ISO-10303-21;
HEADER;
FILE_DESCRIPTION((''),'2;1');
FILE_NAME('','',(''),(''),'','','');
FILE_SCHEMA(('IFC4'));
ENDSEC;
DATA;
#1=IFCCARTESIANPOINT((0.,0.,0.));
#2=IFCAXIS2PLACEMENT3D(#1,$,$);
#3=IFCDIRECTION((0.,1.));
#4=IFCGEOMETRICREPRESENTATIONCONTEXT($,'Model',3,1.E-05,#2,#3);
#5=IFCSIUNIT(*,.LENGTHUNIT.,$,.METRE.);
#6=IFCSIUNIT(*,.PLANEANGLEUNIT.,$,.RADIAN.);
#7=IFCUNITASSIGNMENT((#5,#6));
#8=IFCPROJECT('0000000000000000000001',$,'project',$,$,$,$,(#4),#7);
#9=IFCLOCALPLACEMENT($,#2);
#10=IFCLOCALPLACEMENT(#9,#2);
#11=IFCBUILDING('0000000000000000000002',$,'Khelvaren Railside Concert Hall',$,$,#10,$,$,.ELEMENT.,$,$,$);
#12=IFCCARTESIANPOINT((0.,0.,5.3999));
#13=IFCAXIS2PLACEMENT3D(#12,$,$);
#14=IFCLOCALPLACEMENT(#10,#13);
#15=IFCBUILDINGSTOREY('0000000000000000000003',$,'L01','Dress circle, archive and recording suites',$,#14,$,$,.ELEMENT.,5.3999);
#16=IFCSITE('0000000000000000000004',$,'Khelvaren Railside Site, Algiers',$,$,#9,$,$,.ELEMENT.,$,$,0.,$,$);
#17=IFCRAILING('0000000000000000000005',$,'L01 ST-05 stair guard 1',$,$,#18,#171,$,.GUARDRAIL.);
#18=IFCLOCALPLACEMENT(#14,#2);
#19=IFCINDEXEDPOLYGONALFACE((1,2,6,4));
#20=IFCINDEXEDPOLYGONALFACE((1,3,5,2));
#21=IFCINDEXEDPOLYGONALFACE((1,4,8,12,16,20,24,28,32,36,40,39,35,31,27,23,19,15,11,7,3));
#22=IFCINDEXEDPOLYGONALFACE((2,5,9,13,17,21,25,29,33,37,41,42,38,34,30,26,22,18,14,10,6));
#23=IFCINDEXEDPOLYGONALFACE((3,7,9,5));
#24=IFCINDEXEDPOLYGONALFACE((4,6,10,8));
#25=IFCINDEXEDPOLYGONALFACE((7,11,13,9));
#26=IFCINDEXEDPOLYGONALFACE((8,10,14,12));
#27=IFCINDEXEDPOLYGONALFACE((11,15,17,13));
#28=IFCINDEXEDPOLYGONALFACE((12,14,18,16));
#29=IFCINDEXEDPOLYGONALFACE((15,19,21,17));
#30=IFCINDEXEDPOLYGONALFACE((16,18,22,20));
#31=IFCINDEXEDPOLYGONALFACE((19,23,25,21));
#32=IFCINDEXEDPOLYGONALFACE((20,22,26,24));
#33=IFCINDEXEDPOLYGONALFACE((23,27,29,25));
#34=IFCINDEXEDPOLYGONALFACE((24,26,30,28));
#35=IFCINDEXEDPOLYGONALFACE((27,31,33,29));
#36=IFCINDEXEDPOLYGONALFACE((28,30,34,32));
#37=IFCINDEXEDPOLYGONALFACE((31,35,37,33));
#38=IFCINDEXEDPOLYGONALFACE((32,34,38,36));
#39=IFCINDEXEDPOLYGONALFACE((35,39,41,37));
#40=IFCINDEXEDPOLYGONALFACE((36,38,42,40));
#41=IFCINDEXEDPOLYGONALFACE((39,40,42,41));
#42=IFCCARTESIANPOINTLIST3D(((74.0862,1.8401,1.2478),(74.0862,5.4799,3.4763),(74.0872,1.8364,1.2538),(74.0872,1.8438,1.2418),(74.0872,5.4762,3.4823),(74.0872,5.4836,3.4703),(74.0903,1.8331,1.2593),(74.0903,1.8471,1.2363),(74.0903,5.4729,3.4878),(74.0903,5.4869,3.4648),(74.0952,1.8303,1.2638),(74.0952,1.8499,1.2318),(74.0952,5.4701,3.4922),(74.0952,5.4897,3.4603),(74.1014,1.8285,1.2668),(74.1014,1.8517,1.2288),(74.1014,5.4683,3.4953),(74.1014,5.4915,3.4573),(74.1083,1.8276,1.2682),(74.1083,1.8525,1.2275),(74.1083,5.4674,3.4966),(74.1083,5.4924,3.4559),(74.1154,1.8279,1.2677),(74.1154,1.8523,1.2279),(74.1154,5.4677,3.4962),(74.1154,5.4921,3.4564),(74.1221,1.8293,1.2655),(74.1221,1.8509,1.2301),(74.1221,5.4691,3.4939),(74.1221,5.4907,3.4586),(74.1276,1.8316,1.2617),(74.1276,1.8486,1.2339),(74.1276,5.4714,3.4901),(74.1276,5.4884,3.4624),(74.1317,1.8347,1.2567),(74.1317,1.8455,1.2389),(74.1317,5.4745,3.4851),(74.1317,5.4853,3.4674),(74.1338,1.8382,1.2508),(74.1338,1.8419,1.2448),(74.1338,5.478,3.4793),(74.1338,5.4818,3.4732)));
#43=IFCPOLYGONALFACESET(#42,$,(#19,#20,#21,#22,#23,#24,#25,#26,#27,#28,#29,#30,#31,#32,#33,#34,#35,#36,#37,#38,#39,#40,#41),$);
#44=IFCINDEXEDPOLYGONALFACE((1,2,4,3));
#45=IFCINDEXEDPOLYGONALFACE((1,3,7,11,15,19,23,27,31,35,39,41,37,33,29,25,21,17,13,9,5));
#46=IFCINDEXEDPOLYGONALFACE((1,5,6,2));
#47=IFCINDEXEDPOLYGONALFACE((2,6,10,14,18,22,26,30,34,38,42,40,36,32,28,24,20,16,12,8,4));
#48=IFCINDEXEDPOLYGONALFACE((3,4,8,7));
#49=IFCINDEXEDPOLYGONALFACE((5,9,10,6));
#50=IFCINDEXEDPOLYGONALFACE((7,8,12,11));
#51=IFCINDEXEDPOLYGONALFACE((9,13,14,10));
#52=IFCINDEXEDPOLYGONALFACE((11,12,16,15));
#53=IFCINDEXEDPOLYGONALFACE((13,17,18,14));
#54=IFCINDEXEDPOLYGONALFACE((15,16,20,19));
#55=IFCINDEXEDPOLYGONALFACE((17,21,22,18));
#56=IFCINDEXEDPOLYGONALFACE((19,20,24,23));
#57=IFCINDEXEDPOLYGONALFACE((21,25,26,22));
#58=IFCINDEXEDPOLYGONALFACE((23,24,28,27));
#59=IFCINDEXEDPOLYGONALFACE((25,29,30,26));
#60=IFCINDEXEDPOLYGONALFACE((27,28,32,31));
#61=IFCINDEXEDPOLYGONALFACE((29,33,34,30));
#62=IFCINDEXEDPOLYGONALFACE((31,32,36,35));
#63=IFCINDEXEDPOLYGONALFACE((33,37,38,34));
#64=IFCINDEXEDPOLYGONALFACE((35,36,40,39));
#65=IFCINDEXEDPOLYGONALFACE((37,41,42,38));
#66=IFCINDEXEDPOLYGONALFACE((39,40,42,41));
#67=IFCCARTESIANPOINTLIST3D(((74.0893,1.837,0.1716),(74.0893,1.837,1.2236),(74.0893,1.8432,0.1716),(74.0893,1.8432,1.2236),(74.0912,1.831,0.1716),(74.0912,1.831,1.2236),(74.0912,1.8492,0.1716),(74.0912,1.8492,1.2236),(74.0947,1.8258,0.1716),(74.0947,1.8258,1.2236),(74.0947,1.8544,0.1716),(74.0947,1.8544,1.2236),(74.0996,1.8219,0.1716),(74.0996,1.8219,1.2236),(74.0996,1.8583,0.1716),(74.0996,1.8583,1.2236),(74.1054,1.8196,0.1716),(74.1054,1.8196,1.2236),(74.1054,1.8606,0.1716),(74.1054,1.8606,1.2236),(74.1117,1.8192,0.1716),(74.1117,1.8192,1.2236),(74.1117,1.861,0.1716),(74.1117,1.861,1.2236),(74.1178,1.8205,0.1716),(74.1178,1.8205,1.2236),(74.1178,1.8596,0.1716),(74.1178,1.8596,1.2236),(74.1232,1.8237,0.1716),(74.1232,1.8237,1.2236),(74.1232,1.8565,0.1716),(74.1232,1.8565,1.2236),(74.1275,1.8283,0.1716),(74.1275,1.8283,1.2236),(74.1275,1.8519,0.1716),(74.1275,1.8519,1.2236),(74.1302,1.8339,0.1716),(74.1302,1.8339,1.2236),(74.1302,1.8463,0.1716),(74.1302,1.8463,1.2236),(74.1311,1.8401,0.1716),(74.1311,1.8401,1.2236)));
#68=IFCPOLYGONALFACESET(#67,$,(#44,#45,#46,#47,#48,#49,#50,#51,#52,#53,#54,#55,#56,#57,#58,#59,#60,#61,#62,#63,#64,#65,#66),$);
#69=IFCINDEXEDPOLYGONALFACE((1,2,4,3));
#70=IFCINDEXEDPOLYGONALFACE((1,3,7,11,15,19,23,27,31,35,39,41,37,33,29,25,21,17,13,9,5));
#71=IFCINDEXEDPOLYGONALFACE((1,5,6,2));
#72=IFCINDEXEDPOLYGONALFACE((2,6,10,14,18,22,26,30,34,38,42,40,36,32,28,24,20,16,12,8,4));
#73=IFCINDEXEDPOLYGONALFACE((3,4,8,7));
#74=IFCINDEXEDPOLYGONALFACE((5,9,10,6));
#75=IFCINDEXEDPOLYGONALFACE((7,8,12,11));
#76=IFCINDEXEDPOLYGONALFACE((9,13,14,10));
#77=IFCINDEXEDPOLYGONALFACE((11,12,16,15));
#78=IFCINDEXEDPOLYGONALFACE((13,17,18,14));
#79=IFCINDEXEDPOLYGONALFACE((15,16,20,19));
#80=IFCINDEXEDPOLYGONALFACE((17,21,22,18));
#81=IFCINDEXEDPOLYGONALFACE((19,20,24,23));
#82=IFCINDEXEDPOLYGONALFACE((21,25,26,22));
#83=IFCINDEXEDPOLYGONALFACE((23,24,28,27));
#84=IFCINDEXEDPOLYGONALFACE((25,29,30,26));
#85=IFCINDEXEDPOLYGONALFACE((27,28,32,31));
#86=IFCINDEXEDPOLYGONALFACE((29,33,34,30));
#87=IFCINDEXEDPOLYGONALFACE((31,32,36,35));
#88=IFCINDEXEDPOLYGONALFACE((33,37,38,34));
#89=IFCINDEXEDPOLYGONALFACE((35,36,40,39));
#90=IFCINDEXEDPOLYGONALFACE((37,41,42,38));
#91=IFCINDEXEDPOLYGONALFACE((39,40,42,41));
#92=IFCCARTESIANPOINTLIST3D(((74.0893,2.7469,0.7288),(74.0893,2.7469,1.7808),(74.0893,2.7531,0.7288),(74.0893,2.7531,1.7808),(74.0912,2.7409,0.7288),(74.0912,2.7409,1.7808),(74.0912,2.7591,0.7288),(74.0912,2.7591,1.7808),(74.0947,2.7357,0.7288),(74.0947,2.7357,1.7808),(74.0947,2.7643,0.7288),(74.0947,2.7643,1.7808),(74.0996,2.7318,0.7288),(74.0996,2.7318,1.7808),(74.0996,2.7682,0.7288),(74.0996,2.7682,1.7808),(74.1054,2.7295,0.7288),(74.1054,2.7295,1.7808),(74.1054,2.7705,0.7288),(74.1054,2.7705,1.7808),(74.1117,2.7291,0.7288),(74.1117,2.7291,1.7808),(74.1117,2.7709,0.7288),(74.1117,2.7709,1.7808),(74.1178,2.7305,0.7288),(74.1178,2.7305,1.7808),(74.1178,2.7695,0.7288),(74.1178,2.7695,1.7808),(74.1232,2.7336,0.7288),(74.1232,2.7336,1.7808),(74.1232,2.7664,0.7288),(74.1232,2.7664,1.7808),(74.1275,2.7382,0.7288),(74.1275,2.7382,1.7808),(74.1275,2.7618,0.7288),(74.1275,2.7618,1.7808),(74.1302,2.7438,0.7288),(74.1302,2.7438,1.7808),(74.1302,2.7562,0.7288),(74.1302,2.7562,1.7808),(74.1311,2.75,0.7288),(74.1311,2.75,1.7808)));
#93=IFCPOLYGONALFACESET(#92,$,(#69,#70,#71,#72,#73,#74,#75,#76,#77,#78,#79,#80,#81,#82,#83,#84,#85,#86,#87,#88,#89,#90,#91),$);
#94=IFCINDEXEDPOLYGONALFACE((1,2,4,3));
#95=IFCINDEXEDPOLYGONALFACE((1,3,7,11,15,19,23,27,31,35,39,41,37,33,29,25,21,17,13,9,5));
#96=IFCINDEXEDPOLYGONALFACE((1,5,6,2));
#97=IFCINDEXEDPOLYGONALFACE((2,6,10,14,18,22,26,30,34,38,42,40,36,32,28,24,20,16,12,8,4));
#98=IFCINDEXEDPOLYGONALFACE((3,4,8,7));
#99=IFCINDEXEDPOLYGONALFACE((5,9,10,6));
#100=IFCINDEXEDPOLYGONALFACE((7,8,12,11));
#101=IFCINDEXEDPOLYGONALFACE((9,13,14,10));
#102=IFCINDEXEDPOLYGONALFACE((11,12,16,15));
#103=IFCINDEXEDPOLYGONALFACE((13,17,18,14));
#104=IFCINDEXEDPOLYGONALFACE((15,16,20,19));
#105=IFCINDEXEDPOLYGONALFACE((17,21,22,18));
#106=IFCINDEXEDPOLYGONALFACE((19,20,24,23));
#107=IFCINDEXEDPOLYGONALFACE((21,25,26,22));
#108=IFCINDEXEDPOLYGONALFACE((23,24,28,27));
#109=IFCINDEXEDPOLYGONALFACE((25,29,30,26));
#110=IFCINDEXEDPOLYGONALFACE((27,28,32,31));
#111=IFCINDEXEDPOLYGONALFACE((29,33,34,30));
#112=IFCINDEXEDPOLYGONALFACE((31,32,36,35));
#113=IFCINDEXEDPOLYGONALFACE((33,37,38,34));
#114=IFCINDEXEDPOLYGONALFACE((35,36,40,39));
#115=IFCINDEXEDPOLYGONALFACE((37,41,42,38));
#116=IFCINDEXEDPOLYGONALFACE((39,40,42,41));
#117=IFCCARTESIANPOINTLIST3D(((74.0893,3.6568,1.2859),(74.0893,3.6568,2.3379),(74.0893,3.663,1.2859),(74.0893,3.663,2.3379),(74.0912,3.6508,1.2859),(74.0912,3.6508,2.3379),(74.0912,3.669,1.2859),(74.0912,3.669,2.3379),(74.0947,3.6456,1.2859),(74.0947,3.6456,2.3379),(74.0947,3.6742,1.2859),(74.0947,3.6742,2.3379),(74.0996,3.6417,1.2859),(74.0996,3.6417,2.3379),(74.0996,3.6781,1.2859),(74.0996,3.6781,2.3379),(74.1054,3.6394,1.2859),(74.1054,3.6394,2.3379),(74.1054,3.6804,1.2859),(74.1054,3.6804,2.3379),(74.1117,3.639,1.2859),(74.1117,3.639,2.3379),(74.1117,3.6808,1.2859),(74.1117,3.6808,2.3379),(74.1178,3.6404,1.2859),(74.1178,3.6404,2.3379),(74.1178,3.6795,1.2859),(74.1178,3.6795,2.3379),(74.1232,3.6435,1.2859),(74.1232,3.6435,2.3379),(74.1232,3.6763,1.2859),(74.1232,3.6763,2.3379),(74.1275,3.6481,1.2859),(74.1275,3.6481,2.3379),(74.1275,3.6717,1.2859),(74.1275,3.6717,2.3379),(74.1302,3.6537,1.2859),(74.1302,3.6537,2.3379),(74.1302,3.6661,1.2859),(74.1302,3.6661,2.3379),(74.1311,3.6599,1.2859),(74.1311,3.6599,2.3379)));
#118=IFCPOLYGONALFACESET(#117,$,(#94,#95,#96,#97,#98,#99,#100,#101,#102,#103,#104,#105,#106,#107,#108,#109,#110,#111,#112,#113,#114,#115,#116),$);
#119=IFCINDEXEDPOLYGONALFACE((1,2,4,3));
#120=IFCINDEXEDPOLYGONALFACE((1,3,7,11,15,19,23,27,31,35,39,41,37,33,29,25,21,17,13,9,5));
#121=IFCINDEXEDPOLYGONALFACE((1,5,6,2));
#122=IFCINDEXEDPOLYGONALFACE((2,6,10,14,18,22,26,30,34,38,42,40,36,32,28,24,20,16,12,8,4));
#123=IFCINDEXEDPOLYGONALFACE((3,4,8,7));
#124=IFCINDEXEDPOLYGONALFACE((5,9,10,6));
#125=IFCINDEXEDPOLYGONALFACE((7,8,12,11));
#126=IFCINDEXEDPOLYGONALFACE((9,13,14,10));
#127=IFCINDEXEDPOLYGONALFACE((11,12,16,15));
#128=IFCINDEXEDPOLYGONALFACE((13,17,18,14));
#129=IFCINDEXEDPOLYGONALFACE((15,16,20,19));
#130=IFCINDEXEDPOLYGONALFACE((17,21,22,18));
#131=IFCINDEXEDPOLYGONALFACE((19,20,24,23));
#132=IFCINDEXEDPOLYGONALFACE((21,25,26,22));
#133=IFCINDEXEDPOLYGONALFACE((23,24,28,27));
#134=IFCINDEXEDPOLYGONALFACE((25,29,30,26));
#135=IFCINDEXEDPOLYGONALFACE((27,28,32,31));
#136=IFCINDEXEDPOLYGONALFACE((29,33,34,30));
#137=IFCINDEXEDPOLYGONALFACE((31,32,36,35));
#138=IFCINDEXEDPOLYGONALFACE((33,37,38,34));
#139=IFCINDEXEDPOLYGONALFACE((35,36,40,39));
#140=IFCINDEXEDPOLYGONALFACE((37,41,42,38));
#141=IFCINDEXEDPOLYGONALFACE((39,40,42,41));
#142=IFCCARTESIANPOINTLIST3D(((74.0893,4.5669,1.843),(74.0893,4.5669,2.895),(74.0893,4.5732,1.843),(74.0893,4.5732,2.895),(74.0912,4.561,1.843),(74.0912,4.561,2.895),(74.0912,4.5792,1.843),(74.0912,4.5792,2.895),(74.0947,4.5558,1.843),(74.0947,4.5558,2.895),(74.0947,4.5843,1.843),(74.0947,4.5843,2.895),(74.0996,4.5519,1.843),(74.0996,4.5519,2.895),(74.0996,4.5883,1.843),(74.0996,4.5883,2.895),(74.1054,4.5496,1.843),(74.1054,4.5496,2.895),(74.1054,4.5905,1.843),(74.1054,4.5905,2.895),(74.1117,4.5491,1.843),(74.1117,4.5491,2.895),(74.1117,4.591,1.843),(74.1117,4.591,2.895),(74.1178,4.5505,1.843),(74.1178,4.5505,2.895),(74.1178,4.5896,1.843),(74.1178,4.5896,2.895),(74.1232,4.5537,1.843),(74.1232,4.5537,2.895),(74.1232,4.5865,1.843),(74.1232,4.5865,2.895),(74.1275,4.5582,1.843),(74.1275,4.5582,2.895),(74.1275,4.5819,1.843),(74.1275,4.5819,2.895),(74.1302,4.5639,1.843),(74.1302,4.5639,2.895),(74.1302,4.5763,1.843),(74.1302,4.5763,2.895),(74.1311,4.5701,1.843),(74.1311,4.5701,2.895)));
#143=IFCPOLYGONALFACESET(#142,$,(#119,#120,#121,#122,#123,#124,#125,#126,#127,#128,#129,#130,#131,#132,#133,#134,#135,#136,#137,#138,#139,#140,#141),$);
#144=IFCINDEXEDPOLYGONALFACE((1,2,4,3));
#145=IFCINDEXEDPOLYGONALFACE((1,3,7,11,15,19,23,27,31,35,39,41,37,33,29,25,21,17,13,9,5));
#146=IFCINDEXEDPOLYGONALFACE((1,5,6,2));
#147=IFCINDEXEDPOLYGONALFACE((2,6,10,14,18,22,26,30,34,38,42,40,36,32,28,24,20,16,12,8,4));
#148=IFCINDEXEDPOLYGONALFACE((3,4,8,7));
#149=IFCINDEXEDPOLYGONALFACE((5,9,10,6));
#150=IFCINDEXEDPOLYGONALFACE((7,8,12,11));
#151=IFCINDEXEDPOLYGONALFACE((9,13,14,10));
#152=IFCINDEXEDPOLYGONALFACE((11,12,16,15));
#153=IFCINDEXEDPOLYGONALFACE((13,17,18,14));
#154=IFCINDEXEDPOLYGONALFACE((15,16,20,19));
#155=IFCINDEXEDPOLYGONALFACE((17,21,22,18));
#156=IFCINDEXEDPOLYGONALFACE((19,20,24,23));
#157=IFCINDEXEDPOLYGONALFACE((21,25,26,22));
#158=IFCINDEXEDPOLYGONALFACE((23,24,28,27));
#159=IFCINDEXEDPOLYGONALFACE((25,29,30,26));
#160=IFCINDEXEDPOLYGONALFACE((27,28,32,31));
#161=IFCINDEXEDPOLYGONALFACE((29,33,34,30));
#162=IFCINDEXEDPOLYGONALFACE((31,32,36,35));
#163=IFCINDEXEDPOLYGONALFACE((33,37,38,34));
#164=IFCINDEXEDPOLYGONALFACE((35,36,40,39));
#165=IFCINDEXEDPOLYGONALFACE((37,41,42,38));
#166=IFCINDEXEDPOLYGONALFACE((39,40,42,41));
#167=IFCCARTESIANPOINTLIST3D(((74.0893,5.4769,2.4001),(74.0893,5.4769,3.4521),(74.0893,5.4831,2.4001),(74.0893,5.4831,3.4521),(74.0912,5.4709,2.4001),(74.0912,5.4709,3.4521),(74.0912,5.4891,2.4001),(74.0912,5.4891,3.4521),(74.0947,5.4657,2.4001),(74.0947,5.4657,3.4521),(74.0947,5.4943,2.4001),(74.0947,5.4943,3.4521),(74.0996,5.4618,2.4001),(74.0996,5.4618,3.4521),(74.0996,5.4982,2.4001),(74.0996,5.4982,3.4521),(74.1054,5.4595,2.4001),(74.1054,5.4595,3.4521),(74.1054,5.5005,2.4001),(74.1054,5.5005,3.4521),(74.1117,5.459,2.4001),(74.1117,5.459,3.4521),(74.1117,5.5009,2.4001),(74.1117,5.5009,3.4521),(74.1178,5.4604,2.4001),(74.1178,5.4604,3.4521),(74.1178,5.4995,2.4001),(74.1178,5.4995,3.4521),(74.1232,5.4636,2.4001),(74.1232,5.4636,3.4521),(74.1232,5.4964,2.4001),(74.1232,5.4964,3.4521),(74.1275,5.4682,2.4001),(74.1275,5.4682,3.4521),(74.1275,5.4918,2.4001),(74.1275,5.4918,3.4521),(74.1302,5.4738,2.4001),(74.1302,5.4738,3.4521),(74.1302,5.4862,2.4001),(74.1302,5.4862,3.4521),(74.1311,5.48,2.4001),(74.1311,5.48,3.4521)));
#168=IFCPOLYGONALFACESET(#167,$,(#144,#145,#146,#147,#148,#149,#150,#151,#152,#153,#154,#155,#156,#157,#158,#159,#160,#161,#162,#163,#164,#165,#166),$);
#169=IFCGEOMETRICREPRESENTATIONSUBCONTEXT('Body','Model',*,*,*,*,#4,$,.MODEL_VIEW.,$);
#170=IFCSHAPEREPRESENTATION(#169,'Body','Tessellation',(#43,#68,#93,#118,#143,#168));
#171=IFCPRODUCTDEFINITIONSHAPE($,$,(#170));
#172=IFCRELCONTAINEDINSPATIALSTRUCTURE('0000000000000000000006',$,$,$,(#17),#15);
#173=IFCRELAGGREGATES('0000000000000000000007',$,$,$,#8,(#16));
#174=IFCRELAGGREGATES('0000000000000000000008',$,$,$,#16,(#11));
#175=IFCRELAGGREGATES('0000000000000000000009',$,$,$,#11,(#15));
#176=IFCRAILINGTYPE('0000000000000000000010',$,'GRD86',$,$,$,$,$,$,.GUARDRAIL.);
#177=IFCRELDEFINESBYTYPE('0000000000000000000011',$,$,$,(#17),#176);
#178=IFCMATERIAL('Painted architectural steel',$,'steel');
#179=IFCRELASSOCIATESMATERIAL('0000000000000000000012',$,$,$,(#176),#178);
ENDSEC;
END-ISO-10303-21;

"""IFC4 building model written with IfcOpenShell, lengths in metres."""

from ifc_helpers import new_model, si_unit, direction, frame, origin, origin_2d, place, context, subcontext, project, spatial, circle, extrude, material, type_object, element, save


model = new_model("IFC4")

# Units and contexts
model_context = context("Model", 3, precision=1e-05, world=origin(), true_north=direction((0.0, 1.0)))
body_context = subcontext(model_context, "Body", "Model", "MODEL_VIEW")
ifc_project = project(units=[si_unit("LENGTHUNIT", "METRE"), si_unit("PLANEANGLEUNIT", "RADIAN")], contexts=[model_context])

# Site, building, storey
site_placement = place(None, origin())
site = spatial("IfcSite", under=ifc_project, at=site_placement, Name="Khelvaren Railside Site, Algiers", CompositionType="ELEMENT", RefElevation=0.0)
building_placement = place(site_placement, origin())
building = spatial("IfcBuilding", under=site, at=building_placement, Name="Khelvaren Railside Concert Hall", CompositionType="ELEMENT")
storey_placement = place(building_placement, frame((0.0, 0.0, 5.3999)))
storey = spatial("IfcBuildingStorey", under=building, at=storey_placement, Name="L01", Description="Dress circle, archive and recording suites", CompositionType="ELEMENT", Elevation=5.3999)

# Railing
ifc_material_1 = material(Name="Painted architectural steel", Category="steel")
railing_type_1 = type_object("IfcRailingType", Name="GRD86", PredefinedType="GUARDRAIL", material=ifc_material_1)
railing_1_placement = place(storey_placement, frame((74.1101, 1.8401, 0.1716)))
element("IfcRailing", 1, at=railing_1_placement, inside=storey, type_object=railing_type_1, Name="L01 ST-05 stair guard 1", PredefinedType="GUARDRAIL", context=body_context, shape_type="SweptSolid", body=[
    extrude(circle(Radius=0.0239, at=origin_2d()), frame((0.0, 0.0, 1.0762), z_axis=(0.0, 0.85285, 0.522156), x_axis=(-1.0, 0.0, 0.0)), (0.0, 0.0, 1.0), 4.2678),
    extrude(circle(Radius=0.021, at=origin_2d()), origin(), (0.0, 0.0, 1.0), 1.052),
    extrude(circle(Radius=0.021, at=origin_2d()), frame((0.0, 0.9099, 0.5571)), (0.0, 0.0, 1.0), 1.052),
    extrude(circle(Radius=0.021, at=origin_2d()), frame((0.0, 1.8198, 1.1143)), (0.0, 0.0, 1.0), 1.052),
    extrude(circle(Radius=0.021, at=origin_2d()), frame((0.0, 2.73, 1.6714)), (0.0, 0.0, 1.0), 1.052),
    extrude(circle(Radius=0.021, at=origin_2d()), frame((0.0, 3.6399, 2.2285)), (0.0, 0.0, 1.0), 1.052),
])

save(model, "model.ifc")
